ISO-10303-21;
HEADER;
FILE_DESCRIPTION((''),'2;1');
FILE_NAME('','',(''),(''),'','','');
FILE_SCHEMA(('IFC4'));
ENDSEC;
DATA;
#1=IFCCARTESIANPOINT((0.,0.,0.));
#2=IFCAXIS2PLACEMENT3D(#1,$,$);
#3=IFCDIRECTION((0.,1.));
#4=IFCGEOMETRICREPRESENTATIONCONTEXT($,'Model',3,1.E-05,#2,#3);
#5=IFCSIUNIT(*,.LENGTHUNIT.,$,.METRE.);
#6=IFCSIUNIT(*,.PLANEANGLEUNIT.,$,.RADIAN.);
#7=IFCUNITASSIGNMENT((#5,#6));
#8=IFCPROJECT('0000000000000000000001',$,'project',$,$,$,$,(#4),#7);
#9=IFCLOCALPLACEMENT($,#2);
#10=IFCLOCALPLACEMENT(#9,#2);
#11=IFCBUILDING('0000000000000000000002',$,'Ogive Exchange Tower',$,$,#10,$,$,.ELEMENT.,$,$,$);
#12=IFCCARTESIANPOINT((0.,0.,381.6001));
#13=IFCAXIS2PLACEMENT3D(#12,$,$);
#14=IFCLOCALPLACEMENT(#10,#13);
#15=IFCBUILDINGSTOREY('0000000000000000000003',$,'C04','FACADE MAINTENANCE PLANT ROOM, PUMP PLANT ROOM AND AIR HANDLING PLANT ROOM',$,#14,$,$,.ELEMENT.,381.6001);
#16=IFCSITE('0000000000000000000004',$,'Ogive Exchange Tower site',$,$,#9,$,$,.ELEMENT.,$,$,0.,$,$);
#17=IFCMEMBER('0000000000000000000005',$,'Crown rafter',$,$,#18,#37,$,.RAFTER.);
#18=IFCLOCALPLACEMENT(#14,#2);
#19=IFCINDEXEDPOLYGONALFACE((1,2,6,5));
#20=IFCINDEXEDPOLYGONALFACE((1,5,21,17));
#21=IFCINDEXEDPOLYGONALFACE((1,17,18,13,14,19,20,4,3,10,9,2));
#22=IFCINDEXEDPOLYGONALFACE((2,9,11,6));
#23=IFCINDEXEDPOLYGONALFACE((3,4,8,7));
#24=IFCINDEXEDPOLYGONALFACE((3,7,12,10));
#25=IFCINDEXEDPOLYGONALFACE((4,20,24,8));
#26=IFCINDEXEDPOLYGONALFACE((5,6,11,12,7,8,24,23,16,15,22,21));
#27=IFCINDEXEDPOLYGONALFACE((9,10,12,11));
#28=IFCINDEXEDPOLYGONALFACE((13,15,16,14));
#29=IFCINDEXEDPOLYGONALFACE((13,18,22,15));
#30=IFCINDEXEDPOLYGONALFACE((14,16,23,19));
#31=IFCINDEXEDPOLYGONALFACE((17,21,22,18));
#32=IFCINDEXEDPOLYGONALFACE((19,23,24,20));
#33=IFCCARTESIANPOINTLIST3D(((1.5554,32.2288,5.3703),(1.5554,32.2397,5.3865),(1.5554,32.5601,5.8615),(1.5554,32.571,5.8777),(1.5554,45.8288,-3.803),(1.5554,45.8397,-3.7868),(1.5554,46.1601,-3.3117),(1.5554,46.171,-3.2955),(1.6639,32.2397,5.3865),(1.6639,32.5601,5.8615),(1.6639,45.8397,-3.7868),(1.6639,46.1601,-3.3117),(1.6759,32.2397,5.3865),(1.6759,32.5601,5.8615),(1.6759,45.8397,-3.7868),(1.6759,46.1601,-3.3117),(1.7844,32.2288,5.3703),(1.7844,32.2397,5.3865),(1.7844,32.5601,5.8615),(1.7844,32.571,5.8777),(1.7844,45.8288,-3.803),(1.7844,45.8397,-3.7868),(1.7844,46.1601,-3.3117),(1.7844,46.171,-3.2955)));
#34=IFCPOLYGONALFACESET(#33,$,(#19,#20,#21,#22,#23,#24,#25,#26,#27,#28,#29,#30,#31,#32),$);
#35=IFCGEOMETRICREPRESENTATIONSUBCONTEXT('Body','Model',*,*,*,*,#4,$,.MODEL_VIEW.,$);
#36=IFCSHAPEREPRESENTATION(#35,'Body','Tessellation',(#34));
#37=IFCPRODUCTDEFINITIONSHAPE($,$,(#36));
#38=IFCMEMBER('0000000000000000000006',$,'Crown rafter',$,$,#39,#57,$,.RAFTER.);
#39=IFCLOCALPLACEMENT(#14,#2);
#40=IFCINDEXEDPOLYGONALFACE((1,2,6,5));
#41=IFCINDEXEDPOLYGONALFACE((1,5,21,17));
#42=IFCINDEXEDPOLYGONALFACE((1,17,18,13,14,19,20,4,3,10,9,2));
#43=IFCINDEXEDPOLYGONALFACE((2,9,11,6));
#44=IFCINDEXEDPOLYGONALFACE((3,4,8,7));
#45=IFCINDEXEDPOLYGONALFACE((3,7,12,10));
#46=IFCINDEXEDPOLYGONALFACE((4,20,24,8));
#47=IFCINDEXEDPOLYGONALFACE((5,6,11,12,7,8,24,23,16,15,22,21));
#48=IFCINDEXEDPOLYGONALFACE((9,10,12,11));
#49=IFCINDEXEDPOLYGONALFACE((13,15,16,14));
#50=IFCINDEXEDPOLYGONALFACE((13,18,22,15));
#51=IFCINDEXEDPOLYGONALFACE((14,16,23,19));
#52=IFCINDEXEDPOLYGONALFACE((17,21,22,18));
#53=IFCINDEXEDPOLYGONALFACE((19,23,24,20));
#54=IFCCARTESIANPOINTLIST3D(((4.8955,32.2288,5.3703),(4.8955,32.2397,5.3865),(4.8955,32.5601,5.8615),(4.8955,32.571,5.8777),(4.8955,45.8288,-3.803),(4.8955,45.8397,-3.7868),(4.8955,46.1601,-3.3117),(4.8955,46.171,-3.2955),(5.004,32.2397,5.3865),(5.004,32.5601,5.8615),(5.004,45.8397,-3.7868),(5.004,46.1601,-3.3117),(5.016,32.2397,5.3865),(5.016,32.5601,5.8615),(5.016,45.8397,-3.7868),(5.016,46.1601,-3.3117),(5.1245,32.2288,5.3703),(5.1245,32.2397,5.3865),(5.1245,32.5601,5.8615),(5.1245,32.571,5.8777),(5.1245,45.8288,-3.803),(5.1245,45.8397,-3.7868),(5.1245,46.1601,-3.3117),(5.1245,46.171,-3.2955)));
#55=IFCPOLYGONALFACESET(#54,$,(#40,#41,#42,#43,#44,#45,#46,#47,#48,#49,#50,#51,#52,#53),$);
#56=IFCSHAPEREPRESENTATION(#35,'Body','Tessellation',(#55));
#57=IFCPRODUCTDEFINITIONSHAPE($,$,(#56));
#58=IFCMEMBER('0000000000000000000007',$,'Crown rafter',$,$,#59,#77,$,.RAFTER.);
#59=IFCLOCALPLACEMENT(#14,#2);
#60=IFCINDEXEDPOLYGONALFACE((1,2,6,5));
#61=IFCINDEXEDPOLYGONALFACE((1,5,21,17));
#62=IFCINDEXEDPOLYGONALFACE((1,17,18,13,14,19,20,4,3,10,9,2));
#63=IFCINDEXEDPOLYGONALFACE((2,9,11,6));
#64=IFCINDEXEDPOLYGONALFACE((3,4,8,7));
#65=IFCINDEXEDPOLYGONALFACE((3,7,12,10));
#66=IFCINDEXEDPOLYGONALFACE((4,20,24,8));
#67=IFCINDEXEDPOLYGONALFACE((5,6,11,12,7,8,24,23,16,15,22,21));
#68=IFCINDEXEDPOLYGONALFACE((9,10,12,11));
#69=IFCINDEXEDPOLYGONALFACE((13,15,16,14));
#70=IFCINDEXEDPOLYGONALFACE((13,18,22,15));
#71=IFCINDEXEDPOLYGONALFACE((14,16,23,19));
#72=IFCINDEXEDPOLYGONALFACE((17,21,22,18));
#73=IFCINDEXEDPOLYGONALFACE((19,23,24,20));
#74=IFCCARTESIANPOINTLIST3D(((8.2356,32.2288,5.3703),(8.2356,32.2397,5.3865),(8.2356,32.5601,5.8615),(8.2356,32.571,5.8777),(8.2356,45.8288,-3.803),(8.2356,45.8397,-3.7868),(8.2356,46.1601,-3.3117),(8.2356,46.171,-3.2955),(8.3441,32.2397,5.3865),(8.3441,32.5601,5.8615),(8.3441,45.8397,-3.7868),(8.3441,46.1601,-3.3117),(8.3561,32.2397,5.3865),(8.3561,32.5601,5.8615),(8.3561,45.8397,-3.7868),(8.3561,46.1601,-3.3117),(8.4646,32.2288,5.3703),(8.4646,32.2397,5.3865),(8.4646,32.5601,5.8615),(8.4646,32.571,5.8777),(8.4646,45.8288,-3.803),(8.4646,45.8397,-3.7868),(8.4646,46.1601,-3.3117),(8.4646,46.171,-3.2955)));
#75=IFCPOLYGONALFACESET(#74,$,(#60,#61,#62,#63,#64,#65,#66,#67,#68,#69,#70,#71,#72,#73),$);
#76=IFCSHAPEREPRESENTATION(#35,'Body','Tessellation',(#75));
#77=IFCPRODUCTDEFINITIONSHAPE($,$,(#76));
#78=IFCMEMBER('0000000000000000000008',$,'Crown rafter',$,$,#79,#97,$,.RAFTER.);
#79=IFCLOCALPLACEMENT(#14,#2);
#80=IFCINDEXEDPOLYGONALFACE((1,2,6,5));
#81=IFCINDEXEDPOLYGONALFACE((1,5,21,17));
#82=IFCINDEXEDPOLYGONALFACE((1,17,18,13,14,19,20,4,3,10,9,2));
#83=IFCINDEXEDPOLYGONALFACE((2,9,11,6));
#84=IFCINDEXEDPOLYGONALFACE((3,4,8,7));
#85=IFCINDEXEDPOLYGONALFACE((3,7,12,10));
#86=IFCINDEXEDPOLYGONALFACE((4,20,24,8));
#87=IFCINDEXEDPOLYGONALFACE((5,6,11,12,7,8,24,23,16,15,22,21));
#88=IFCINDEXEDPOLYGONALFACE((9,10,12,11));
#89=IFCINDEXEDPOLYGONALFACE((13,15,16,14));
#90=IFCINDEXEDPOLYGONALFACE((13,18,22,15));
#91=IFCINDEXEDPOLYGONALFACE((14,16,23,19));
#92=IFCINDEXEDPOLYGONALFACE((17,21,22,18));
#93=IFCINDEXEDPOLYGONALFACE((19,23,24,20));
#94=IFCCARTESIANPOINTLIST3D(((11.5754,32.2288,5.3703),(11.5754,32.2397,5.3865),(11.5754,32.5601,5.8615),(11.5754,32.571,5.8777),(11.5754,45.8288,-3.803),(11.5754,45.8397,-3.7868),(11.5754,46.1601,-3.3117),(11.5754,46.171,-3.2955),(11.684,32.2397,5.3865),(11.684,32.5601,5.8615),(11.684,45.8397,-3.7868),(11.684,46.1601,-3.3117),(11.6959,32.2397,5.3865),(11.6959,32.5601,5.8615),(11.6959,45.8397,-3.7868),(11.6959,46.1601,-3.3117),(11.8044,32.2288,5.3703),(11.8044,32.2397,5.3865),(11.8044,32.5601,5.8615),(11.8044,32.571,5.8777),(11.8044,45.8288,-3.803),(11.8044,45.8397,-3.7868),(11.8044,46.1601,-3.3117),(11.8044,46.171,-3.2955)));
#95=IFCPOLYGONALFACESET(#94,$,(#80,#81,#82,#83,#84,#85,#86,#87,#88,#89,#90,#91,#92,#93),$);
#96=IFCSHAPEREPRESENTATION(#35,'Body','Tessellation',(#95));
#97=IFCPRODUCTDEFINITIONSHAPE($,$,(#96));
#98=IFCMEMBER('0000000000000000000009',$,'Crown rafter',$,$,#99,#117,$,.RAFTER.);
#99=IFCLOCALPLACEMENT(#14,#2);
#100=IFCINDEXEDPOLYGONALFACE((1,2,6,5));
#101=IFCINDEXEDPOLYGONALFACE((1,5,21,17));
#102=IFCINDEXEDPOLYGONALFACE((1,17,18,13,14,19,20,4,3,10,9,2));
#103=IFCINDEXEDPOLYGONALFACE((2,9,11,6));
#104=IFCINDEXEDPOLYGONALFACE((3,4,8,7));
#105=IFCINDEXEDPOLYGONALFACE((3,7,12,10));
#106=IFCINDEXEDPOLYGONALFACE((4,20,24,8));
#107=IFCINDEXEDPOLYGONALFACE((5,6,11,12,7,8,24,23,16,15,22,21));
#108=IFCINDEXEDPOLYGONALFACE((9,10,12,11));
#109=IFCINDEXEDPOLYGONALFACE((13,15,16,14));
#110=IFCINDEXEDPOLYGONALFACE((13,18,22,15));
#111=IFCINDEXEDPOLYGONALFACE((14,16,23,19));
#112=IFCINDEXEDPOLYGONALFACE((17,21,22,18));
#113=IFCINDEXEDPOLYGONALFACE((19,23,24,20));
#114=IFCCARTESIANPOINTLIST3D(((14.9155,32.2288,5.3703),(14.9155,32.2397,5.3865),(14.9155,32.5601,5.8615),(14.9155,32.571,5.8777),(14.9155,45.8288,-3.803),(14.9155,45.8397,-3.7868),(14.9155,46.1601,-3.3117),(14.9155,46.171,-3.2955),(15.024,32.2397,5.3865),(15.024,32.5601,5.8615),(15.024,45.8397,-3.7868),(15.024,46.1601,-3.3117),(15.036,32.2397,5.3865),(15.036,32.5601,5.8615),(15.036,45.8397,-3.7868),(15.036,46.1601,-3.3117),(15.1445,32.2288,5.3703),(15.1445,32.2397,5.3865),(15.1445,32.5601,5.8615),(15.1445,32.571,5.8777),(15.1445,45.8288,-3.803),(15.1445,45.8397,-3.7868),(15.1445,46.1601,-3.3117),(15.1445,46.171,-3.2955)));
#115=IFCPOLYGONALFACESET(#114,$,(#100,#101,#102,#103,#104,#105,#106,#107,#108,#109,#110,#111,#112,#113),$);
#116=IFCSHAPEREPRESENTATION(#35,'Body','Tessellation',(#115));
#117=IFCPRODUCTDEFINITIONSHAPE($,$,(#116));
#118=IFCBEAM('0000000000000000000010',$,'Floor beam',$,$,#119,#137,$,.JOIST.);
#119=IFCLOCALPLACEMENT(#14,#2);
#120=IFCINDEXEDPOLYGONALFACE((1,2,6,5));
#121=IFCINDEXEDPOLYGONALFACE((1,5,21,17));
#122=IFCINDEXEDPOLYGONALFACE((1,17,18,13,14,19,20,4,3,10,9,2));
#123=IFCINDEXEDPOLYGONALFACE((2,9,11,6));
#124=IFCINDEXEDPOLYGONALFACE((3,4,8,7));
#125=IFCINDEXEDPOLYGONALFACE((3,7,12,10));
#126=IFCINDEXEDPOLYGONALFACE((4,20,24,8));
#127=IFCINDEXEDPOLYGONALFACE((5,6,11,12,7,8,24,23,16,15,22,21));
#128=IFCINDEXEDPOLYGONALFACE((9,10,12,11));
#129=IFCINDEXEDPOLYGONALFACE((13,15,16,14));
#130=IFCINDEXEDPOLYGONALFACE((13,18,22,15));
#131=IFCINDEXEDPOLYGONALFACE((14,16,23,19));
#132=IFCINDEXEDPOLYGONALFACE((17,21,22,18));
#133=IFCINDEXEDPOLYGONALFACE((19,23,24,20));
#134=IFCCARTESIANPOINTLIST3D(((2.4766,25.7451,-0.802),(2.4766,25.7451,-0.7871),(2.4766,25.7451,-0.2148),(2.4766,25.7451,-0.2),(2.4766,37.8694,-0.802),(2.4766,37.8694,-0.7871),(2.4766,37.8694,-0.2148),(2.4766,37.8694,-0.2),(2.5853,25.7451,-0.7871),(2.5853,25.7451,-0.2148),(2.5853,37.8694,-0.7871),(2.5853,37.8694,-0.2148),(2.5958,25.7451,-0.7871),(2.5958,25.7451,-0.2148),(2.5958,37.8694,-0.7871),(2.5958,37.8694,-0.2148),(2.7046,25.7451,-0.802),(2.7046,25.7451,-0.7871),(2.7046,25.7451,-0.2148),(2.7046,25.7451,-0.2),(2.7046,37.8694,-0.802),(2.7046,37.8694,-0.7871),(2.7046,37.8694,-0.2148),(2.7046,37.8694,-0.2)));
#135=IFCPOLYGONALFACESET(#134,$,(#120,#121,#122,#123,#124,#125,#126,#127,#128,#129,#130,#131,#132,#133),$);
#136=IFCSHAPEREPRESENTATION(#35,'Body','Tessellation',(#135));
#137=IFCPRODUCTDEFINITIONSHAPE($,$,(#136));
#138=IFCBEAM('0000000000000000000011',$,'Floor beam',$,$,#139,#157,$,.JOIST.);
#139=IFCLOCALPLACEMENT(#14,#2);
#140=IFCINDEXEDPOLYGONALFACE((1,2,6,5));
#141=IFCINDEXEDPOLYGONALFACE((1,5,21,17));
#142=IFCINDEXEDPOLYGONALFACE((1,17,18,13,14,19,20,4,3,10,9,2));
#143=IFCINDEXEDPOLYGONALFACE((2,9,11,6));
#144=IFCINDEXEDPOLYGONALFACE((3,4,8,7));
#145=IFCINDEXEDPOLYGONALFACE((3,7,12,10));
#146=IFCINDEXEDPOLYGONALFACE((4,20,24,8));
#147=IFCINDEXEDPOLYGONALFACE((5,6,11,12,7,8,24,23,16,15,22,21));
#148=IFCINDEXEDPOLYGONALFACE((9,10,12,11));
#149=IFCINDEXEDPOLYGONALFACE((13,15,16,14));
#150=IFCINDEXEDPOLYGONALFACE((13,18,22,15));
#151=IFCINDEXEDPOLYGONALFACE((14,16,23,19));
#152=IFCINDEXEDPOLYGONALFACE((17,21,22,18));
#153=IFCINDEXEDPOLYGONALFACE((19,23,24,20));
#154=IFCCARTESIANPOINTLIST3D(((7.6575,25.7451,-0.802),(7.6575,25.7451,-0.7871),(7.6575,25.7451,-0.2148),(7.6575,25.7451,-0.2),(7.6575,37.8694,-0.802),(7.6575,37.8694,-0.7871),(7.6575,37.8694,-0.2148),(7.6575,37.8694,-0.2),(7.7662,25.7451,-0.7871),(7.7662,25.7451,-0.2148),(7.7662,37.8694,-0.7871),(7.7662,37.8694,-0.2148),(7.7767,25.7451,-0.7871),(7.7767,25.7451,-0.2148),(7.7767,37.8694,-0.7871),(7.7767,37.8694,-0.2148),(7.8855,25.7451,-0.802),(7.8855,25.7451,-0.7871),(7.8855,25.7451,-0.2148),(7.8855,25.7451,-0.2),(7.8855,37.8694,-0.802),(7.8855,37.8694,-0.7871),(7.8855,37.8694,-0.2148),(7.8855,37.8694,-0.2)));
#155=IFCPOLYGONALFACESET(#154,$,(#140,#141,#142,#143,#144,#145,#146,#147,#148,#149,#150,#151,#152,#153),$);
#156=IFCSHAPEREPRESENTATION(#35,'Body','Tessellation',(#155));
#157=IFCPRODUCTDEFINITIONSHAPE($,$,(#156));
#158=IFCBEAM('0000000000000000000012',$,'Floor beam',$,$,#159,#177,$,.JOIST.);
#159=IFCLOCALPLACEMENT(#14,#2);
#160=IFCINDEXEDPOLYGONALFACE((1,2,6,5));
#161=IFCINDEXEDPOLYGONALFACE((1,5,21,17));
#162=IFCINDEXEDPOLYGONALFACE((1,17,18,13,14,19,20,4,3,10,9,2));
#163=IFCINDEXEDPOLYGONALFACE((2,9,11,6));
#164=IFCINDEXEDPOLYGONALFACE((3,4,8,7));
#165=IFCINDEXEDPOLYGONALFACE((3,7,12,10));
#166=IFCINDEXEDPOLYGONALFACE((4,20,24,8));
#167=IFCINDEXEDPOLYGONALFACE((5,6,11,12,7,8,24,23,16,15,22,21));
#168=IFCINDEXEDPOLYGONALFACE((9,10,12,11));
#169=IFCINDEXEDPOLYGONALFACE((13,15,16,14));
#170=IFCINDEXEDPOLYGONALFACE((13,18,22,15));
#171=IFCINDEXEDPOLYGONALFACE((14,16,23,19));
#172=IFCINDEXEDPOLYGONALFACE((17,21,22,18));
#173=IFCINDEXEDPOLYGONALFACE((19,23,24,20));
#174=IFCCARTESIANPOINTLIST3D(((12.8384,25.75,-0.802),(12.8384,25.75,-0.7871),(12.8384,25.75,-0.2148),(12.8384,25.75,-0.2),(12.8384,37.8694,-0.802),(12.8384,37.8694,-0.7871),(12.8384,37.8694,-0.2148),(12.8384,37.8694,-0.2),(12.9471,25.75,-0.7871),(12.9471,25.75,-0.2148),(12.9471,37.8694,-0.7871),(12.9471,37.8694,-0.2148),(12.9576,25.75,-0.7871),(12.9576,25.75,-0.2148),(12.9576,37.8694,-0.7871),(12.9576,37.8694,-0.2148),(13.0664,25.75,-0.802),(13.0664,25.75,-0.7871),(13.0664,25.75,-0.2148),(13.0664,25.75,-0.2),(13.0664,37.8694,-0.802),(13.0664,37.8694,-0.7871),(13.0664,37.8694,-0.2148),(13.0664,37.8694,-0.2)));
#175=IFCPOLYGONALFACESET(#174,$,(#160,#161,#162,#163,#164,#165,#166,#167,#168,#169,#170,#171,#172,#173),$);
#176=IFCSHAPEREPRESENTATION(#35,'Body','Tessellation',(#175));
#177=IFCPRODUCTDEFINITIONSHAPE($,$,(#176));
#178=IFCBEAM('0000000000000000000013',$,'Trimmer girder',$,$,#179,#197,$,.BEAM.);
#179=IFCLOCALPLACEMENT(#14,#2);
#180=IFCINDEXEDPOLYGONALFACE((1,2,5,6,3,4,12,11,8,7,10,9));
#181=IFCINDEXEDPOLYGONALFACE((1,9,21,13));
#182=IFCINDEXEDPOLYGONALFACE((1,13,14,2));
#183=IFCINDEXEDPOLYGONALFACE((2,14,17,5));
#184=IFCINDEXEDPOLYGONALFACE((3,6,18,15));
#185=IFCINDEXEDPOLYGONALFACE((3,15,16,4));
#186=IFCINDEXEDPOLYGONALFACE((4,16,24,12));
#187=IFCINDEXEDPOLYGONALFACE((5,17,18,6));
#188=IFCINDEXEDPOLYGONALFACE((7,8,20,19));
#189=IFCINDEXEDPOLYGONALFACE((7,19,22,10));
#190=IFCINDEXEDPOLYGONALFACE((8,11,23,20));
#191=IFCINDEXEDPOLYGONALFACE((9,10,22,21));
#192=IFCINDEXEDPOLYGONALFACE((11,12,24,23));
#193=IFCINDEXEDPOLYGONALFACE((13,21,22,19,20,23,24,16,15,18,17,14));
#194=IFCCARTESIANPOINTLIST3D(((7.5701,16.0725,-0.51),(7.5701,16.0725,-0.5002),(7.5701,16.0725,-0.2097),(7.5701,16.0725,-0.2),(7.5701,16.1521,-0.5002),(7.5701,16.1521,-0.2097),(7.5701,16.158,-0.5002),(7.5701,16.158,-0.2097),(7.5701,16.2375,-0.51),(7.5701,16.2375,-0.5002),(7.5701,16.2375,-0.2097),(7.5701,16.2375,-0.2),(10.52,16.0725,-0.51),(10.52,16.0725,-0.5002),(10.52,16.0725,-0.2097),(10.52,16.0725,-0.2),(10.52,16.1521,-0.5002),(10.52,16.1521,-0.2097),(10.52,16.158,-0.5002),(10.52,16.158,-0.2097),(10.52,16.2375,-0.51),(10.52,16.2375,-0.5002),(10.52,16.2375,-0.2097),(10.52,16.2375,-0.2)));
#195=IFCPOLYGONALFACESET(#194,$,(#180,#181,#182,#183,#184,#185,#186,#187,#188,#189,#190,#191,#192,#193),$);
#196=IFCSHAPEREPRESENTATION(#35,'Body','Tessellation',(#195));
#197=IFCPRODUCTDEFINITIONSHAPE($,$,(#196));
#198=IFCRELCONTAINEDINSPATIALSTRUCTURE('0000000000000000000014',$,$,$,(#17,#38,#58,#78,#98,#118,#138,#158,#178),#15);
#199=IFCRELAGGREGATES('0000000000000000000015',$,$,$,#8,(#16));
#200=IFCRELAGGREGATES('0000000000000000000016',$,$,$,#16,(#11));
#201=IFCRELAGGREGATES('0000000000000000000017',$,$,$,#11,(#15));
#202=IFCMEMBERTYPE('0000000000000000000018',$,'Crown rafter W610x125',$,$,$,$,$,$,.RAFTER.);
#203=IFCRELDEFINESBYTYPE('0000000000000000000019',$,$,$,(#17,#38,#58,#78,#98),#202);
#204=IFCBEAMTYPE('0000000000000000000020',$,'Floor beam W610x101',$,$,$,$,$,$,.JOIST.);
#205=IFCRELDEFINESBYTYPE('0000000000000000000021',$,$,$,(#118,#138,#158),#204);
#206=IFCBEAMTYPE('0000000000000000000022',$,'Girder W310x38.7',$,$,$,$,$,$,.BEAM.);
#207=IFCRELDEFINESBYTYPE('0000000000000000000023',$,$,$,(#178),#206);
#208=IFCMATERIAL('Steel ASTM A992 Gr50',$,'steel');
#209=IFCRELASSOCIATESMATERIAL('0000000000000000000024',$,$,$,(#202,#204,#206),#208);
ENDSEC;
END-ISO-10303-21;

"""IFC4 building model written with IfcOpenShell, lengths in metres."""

from ifc_helpers import new_model, si_unit, direction, frame, origin, origin_2d, place, context, subcontext, project, spatial, i_section, extrude, material, material_profile, profile_set, type_object, element, save


model = new_model("IFC4")

# Units and contexts
model_context = context("Model", 3, precision=1e-05, world=origin(), true_north=direction((0.0, 1.0)))
body_context = subcontext(model_context, "Body", "Model", "MODEL_VIEW")
ifc_project = project(units=[si_unit("LENGTHUNIT", "METRE"), si_unit("PLANEANGLEUNIT", "RADIAN")], contexts=[model_context])

# Site, building, storey
site_placement = place(None, origin())
site = spatial("IfcSite", under=ifc_project, at=site_placement, Name="Ogive Exchange Tower site", CompositionType="ELEMENT", RefElevation=0.0)
building_placement = place(site_placement, origin())
building = spatial("IfcBuilding", under=site, at=building_placement, Name="Ogive Exchange Tower", CompositionType="ELEMENT")
storey_placement = place(building_placement, frame((0.0, 0.0, 381.6001)))
storey = spatial("IfcBuildingStorey", under=building, at=storey_placement, Name="C04", Description="FACADE MAINTENANCE PLANT ROOM, PUMP PLANT ROOM AND AIR HANDLING PLANT ROOM", CompositionType="ELEMENT", Elevation=381.6001)

# Members
ifc_material_1 = material(Name="Steel ASTM A992 Gr50", Category="steel")
ifc_material_profile_1 = material_profile(ifc_material_1, i_section(OverallWidth=0.229, OverallDepth=0.6121, WebThickness=0.012, FlangeThickness=0.0195, at=origin_2d()), Name="W610x125")
ifc_profile_set_1 = profile_set([ifc_material_profile_1], Name="Steel ASTM A992 Gr50")
member_type = type_object("IfcMemberType", Name="Crown rafter W610x125", PredefinedType="RAFTER", material=ifc_profile_set_1)
for number, where, z_axis, x_axis, name in (
    (1, (1.6699, 32.3999, 5.624), (0.0, 0.829039, -0.559191), (-1.0, 0.0, 0.0), "Crown rafter"),
    (2, (5.01, 32.3999, 5.624), (0.0, 0.829039, -0.559191), (-1.0, 0.0, 0.0), "Crown rafter"),
    (3, (8.3501, 32.3999, 5.624), (0.0, 0.829039, -0.559191), (-1.0, 0.0, 0.0), "Crown rafter"),
    (4, (11.6899, 32.3999, 5.624), (0.0, 0.829039, -0.559191), (-1.0, 0.0, 0.0), "Crown rafter"),
    (5, (15.03, 32.3999, 5.624), (0.0, 0.829039, -0.559191), (-1.0, 0.0, 0.0), "Crown rafter"),
):
    element("IfcMember", number, at=place(storey_placement, frame(where, z_axis=z_axis, x_axis=x_axis)), inside=storey, type_object=member_type, Name=name, PredefinedType="RAFTER", context=body_context, shape_type="SweptSolid", body=[
        extrude(i_section(OverallWidth=0.229, OverallDepth=0.6121, WebThickness=0.012, FlangeThickness=0.0195, at=origin_2d()), origin(), (0.0, 0.0, 1.0), 16.4045),
    ])

# Beams
ifc_material_profile_2 = material_profile(ifc_material_1, i_section(OverallWidth=0.228, OverallDepth=0.6021, WebThickness=0.0105, FlangeThickness=0.0149, at=origin_2d()), Name="W610x101")
ifc_profile_set_2 = profile_set([ifc_material_profile_2], Name="Steel ASTM A992 Gr50")
beam_type_1 = type_object("IfcBeamType", Name="Floor beam W610x101", PredefinedType="JOIST", material=ifc_profile_set_2)
for number, where, z_axis, x_axis, name in (
    (6, (2.5906, 25.7451, -0.501), (0.0, 1.0, 0.0), (-1.0, 0.0, 0.0), "Floor beam"),
    (7, (7.7715, 25.7451, -0.501), (0.0, 1.0, 0.0), (-1.0, 0.0, 0.0), "Floor beam"),
):
    element("IfcBeam", number, at=place(storey_placement, frame(where, z_axis=z_axis, x_axis=x_axis)), inside=storey, type_object=beam_type_1, Name=name, PredefinedType="JOIST", context=body_context, shape_type="SweptSolid", body=[
        extrude(i_section(OverallWidth=0.228, OverallDepth=0.6021, WebThickness=0.0105, FlangeThickness=0.0149, at=origin_2d()), origin(), (0.0, 0.0, 1.0), 12.1243),
    ])
beam_1_placement = place(storey_placement, frame((12.9524, 25.75, -0.501), z_axis=(0.0, 1.0, 0.0), x_axis=(-1.0, 0.0, 0.0)))
element("IfcBeam", 8, at=beam_1_placement, inside=storey, type_object=beam_type_1, Name="Floor beam", PredefinedType="JOIST", context=body_context, shape_type="SweptSolid", body=[
    extrude(i_section(OverallWidth=0.228, OverallDepth=0.6021, WebThickness=0.0105, FlangeThickness=0.0149, at=origin_2d()), origin(), (0.0, 0.0, 1.0), 12.1194),
])
ifc_material_profile_3 = material_profile(ifc_material_1, i_section(OverallWidth=0.165, OverallDepth=0.3101, WebThickness=0.0059, FlangeThickness=0.0098, at=origin_2d()), Name="W310x38.7")
ifc_profile_set_3 = profile_set([ifc_material_profile_3], Name="Steel ASTM A992 Gr50")
beam_type_2 = type_object("IfcBeamType", Name="Girder W310x38.7", PredefinedType="BEAM", material=ifc_profile_set_3)
beam_2_placement = place(storey_placement, frame((7.5701, 16.155, -0.355), z_axis=(1.0, 0.0, 0.0), x_axis=(0.0, 1.0, 0.0)))
element("IfcBeam", 9, at=beam_2_placement, inside=storey, type_object=beam_type_2, Name="Trimmer girder", PredefinedType="BEAM", context=body_context, shape_type="SweptSolid", body=[
    extrude(i_section(OverallWidth=0.165, OverallDepth=0.3101, WebThickness=0.0059, FlangeThickness=0.0098, at=origin_2d()), origin(), (0.0, 0.0, 1.0), 2.95),
])

save(model, "model.ifc")
